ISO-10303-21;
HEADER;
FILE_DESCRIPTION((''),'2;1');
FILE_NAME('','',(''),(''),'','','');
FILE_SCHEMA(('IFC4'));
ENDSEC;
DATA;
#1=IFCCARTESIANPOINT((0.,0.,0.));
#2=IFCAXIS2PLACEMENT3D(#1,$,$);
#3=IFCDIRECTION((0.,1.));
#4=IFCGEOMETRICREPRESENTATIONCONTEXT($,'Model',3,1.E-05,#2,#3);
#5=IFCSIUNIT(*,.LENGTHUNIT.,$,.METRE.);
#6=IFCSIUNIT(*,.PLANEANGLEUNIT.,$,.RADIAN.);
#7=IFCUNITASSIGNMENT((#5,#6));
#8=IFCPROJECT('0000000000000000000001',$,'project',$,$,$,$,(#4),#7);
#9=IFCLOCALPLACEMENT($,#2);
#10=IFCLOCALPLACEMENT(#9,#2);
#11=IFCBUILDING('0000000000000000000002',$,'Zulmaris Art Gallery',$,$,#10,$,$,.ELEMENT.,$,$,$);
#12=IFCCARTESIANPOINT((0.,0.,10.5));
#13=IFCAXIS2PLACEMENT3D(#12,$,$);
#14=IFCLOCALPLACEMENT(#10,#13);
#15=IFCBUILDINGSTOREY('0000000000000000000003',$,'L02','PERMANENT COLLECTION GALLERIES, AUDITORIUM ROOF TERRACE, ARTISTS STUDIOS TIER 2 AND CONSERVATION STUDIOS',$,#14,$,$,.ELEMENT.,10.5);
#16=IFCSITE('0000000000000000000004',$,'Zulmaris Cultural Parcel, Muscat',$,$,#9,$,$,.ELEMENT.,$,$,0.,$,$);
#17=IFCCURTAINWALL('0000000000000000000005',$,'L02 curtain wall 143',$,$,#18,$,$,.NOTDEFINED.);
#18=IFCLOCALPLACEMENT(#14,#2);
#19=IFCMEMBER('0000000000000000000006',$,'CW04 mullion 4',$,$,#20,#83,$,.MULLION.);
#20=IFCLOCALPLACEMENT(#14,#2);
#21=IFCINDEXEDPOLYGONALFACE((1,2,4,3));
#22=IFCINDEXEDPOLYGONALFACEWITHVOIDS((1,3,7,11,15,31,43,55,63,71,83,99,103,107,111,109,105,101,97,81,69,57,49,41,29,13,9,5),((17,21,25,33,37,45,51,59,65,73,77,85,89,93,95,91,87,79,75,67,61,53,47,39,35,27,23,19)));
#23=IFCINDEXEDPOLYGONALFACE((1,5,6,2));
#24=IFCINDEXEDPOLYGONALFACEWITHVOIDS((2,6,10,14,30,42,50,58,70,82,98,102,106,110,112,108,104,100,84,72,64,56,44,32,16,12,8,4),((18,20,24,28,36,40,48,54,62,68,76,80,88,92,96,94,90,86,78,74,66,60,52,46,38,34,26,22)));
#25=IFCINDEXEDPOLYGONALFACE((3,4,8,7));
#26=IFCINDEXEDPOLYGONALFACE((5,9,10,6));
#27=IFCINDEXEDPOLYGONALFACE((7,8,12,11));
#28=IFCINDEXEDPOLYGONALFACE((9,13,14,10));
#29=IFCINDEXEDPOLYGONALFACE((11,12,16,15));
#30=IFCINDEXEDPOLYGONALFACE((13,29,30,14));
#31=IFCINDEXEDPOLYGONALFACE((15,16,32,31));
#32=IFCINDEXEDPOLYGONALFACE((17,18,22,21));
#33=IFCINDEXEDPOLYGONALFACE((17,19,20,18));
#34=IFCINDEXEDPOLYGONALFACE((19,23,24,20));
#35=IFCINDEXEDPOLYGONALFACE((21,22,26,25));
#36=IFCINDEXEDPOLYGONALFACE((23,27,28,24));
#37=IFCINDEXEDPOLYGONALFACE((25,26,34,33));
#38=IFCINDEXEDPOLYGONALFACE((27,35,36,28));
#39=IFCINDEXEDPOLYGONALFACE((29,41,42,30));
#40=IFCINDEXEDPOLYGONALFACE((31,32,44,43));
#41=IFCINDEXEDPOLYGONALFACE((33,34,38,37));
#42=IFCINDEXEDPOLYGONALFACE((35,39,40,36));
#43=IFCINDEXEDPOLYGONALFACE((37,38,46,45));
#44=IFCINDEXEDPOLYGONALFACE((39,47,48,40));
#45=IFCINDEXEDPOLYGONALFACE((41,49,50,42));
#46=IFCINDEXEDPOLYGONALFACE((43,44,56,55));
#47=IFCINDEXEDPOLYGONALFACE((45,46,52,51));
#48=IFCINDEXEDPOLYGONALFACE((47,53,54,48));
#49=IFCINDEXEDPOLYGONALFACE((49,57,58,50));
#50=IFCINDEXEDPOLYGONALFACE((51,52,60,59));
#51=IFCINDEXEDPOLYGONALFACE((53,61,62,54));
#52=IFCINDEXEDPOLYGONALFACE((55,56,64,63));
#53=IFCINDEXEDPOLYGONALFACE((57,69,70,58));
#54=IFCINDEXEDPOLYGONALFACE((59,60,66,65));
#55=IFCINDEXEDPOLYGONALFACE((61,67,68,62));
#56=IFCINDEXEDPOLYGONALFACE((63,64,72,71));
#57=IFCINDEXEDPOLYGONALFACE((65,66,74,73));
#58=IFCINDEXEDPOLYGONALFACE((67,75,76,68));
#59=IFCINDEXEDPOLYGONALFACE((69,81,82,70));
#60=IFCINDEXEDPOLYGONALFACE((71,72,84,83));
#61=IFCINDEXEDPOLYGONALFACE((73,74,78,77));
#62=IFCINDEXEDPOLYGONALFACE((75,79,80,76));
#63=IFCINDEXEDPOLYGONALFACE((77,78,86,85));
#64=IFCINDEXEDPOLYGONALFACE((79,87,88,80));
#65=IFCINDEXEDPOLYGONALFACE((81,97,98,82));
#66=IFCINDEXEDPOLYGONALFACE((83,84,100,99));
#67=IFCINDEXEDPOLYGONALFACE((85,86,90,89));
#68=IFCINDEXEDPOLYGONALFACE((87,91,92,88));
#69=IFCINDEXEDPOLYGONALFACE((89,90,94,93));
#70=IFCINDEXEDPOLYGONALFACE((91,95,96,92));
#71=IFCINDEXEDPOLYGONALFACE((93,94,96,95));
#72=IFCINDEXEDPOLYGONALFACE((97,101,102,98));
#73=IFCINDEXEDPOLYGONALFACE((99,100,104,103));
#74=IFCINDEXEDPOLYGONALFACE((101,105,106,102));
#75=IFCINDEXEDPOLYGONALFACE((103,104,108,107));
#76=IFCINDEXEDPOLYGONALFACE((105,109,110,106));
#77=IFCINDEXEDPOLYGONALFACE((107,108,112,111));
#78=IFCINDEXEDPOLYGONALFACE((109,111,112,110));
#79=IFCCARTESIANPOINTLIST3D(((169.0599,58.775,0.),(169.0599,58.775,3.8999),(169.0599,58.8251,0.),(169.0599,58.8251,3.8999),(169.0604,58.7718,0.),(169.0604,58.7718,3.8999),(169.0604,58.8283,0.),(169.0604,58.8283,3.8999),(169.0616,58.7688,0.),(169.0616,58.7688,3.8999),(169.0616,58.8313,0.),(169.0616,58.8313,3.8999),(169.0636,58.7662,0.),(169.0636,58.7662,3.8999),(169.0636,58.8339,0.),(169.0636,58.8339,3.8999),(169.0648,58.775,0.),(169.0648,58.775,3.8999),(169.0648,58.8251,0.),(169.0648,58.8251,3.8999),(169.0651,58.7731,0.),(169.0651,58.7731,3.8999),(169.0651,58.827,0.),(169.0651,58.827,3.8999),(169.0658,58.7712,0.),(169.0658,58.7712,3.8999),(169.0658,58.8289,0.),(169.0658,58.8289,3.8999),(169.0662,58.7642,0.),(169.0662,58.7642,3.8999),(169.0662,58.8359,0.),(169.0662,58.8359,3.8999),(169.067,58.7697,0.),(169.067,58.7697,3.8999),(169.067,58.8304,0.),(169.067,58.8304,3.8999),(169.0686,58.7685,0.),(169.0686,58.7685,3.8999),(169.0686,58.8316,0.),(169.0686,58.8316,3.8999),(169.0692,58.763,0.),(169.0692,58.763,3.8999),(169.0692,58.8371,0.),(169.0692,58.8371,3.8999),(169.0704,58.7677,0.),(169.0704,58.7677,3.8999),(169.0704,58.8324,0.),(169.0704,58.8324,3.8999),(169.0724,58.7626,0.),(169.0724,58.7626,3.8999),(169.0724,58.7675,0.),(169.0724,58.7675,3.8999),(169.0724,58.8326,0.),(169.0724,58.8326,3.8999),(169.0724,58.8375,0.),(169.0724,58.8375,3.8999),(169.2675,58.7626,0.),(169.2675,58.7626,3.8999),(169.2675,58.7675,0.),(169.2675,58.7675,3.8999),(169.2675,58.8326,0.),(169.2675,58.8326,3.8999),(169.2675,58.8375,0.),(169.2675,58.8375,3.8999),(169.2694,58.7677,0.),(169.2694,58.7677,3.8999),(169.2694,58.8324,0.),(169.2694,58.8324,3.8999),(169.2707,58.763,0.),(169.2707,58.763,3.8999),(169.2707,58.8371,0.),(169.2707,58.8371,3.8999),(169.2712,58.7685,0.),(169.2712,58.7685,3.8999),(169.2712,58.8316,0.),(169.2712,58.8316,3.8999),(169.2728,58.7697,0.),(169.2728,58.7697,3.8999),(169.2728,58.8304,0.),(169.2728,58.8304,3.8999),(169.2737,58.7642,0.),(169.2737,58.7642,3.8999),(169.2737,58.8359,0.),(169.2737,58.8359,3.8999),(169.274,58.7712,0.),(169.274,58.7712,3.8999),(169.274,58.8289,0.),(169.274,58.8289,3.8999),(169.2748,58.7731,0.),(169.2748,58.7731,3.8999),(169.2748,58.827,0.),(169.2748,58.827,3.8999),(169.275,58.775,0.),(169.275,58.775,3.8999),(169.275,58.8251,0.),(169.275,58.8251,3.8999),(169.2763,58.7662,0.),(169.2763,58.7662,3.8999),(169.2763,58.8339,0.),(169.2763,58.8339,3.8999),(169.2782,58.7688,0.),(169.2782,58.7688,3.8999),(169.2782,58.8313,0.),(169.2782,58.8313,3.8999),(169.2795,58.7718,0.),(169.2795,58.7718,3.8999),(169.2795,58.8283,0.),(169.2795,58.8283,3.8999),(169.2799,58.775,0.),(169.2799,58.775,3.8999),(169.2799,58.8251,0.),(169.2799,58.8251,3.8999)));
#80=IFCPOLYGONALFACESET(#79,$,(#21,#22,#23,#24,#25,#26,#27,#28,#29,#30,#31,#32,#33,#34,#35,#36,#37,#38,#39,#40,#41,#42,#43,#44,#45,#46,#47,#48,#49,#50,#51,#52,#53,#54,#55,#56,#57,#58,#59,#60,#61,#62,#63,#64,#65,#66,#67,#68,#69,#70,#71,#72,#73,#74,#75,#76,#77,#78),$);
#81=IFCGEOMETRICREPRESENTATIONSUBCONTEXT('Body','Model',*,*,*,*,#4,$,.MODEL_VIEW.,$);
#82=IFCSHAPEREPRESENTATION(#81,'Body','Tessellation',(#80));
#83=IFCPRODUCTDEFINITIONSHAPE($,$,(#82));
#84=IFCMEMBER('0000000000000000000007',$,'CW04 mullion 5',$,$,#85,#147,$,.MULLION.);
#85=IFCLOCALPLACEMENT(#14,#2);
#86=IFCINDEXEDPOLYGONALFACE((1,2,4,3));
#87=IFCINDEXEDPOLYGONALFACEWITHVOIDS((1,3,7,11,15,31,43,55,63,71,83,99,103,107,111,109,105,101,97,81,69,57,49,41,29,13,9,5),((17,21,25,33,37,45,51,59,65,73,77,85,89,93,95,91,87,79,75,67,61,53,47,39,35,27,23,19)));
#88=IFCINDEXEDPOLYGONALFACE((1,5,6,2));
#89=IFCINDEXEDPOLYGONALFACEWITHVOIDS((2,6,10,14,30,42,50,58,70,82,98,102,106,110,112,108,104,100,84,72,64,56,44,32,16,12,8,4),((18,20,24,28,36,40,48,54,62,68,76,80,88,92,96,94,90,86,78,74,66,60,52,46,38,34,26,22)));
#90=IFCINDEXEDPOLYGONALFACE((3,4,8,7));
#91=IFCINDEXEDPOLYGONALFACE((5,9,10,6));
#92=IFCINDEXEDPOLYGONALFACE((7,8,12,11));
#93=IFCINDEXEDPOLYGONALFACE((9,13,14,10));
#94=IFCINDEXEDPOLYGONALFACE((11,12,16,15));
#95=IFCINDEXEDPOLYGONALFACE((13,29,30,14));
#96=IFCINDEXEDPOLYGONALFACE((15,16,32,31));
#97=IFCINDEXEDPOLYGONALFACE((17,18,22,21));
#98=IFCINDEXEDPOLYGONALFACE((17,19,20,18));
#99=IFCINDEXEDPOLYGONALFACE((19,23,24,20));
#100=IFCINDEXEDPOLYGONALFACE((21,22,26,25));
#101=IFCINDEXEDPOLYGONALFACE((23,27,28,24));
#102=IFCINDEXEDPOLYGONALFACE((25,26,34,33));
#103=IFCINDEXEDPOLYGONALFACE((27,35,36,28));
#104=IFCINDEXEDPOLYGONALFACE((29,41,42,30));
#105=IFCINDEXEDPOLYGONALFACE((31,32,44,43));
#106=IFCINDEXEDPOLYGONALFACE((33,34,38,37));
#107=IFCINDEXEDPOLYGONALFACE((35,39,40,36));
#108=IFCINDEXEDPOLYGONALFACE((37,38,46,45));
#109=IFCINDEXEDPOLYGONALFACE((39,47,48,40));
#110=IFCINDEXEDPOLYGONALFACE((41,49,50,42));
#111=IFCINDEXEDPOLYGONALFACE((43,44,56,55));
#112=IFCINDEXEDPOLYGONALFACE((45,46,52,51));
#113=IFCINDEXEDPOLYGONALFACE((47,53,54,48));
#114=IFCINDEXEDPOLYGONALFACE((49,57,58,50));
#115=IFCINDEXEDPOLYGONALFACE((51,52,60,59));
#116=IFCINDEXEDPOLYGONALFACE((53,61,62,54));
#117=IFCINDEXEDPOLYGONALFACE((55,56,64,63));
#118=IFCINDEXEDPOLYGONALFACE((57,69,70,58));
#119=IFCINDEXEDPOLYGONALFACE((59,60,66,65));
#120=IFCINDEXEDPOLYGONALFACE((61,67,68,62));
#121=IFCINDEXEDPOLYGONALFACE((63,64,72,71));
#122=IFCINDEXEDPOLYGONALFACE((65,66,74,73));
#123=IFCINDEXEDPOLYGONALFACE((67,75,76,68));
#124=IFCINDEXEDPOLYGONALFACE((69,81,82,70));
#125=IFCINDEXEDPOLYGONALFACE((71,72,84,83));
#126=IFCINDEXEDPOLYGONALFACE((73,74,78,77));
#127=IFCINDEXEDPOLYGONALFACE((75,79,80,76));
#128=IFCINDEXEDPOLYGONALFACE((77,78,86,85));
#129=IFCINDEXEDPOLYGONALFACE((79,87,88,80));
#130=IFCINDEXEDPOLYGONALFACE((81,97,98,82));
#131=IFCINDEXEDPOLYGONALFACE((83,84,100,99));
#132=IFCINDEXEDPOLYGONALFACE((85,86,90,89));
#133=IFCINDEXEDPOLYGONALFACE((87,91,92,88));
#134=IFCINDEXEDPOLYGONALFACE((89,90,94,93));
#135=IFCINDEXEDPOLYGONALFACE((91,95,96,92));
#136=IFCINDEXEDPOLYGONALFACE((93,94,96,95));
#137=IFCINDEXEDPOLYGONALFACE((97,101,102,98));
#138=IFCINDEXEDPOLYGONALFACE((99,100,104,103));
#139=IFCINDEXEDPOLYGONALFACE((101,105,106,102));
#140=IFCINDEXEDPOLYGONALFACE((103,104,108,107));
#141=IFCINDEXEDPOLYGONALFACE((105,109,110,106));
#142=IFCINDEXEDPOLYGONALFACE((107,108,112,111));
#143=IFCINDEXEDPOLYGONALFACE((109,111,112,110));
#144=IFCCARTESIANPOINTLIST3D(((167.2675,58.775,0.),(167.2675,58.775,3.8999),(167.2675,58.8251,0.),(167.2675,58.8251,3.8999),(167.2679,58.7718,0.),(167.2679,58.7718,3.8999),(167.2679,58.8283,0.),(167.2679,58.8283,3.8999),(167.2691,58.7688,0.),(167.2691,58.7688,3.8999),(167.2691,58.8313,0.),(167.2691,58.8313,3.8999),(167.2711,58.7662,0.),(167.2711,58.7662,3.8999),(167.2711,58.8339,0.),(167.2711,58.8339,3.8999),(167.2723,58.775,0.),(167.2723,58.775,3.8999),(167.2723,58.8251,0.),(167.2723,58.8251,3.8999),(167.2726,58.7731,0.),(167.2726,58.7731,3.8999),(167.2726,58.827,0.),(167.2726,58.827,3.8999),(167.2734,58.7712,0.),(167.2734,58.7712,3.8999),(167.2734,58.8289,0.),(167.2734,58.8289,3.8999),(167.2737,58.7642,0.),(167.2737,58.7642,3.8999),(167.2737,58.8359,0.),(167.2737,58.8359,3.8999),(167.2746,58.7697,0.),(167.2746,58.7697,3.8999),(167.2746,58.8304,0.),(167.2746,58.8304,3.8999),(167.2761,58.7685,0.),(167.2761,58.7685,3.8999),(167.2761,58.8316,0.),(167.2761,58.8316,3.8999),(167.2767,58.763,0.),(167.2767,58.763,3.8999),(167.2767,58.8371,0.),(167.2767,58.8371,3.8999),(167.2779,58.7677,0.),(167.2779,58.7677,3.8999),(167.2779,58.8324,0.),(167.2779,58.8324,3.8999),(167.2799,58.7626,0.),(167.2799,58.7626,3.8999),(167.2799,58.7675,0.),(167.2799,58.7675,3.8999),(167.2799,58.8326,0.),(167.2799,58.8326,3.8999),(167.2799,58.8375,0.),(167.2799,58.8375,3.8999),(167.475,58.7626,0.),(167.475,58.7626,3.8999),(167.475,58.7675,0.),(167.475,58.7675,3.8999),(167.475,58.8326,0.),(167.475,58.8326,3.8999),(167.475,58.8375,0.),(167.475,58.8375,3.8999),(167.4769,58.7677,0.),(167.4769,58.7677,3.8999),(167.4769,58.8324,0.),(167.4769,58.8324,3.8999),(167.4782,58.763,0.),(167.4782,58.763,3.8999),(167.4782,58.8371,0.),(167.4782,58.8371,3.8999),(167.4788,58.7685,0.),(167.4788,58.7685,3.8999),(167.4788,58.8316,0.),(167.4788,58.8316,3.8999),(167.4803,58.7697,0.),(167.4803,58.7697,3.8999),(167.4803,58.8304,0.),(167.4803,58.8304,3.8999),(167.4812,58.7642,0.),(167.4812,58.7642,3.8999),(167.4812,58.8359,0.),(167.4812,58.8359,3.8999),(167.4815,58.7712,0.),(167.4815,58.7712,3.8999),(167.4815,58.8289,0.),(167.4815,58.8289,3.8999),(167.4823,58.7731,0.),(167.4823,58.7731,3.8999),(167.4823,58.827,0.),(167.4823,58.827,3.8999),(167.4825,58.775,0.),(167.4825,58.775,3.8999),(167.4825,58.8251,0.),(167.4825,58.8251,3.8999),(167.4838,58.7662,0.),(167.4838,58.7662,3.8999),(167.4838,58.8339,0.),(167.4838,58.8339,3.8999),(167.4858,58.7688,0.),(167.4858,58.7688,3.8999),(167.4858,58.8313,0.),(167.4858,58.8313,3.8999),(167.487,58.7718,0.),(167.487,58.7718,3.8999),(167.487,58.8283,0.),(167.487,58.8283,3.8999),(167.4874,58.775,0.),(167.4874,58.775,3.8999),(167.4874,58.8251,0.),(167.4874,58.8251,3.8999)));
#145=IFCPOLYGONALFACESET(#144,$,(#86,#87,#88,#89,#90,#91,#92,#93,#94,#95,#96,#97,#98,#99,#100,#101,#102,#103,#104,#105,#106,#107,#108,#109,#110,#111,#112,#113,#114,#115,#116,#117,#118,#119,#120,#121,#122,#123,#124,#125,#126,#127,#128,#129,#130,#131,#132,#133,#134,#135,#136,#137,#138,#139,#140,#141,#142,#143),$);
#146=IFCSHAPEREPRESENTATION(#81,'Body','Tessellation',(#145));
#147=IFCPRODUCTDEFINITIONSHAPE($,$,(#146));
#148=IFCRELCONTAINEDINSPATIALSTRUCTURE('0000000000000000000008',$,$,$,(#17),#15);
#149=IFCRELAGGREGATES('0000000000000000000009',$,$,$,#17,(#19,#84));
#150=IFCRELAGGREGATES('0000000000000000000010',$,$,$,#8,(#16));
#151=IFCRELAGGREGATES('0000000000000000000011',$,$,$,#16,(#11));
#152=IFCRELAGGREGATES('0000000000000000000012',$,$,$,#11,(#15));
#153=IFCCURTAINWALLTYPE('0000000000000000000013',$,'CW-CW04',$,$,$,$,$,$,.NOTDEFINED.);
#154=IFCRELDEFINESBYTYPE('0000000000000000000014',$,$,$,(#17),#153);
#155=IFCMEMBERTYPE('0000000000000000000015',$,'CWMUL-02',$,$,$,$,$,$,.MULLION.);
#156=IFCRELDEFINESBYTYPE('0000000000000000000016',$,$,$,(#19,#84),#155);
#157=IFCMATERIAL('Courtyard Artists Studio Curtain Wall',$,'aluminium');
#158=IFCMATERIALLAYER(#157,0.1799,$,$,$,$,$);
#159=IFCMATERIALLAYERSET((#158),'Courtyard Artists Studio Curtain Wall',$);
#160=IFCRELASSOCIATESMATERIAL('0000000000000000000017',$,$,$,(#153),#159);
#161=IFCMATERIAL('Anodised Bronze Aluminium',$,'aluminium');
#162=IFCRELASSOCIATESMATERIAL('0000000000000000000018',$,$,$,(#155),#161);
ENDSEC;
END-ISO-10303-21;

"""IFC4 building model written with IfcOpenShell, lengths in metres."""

from ifc_helpers import new_model, si_unit, direction, frame, origin, origin_2d, place, context, subcontext, project, spatial, hollow_rectangle, extrude, material, layer, layer_set, material_profile, profile_set, type_object, element, aggregate, save


model = new_model("IFC4")

# Units and contexts
model_context = context("Model", 3, precision=1e-05, world=origin(), true_north=direction((0.0, 1.0)))
body_context = subcontext(model_context, "Body", "Model", "MODEL_VIEW")
ifc_project = project(units=[si_unit("LENGTHUNIT", "METRE"), si_unit("PLANEANGLEUNIT", "RADIAN")], contexts=[model_context])

# Site, building, storey
site_placement = place(None, origin())
site = spatial("IfcSite", under=ifc_project, at=site_placement, Name="Zulmaris Cultural Parcel, Muscat", CompositionType="ELEMENT", RefElevation=0.0)
building_placement = place(site_placement, origin())
building = spatial("IfcBuilding", under=site, at=building_placement, Name="Zulmaris Art Gallery", CompositionType="ELEMENT")
storey_placement = place(building_placement, frame((0.0, 0.0, 10.5)))
storey = spatial("IfcBuildingStorey", under=building, at=storey_placement, Name="L02", Description="PERMANENT COLLECTION GALLERIES, AUDITORIUM ROOF TERRACE, ARTISTS STUDIOS TIER 2 AND CONSERVATION STUDIOS", CompositionType="ELEMENT", Elevation=10.5)

# Curtain wall, members
ifc_material_1 = material(Name="Courtyard Artists Studio Curtain Wall", Category="aluminium")
ifc_layer_1 = layer(ifc_material_1, 0.1799)
ifc_layer_set_1 = layer_set([ifc_layer_1], Name="Courtyard Artists Studio Curtain Wall")
curtain_wall_type = type_object("IfcCurtainWallType", Name="CW-CW04", PredefinedType="NOTDEFINED", material=ifc_layer_set_1)
curtain_wall_placement = place(storey_placement, origin())
curtain_wall = element("IfcCurtainWall", 1, at=curtain_wall_placement, inside=storey, type_object=curtain_wall_type, Name="L02 curtain wall 143", PredefinedType="NOTDEFINED")
ifc_material_2 = material(Name="Anodised Bronze Aluminium", Category="aluminium")
ifc_material_profile_1 = material_profile(ifc_material_2, hollow_rectangle(XDim=0.075, YDim=0.22, WallThickness=0.0049, InnerFilletRadius=0.0076, OuterFilletRadius=0.0125, at=origin_2d()), Name="ALU 75x220x5")
ifc_profile_set_1 = profile_set([ifc_material_profile_1], Name="Anodised Bronze Aluminium")
member_type_1 = type_object("IfcMemberType", Name="CWMUL-02", PredefinedType="MULLION", material=ifc_profile_set_1)
member_1_placement = place(storey_placement, frame((169.1699, 58.8, 0.0), z_axis=(0.0, 0.0, 1.0), x_axis=(0.0, -1.0, 0.0)))
member_1 = element("IfcMember", 2, at=member_1_placement, type_object=member_type_1, Name="CW04 mullion 4", PredefinedType="MULLION", context=body_context, shape_type="SweptSolid", body=[
    extrude(hollow_rectangle(XDim=0.075, YDim=0.22, WallThickness=0.0049, InnerFilletRadius=0.0076, OuterFilletRadius=0.0125, at=origin_2d()), origin(), (0.0, 0.0, 1.0), 3.8999),
])
member_2_placement = place(storey_placement, frame((167.3774, 58.8, 0.0), z_axis=(0.0, 0.0, 1.0), x_axis=(0.0, -1.0, 0.0)))
member_2 = element("IfcMember", 3, at=member_2_placement, type_object=member_type_1, Name="CW04 mullion 5", PredefinedType="MULLION", context=body_context, shape_type="SweptSolid", body=[
    extrude(hollow_rectangle(XDim=0.075, YDim=0.22, WallThickness=0.0049, InnerFilletRadius=0.0076, OuterFilletRadius=0.0125, at=origin_2d()), origin(), (0.0, 0.0, 1.0), 3.8999),
])
aggregate(curtain_wall, [member_1, member_2])

save(model, "model.ifc")
